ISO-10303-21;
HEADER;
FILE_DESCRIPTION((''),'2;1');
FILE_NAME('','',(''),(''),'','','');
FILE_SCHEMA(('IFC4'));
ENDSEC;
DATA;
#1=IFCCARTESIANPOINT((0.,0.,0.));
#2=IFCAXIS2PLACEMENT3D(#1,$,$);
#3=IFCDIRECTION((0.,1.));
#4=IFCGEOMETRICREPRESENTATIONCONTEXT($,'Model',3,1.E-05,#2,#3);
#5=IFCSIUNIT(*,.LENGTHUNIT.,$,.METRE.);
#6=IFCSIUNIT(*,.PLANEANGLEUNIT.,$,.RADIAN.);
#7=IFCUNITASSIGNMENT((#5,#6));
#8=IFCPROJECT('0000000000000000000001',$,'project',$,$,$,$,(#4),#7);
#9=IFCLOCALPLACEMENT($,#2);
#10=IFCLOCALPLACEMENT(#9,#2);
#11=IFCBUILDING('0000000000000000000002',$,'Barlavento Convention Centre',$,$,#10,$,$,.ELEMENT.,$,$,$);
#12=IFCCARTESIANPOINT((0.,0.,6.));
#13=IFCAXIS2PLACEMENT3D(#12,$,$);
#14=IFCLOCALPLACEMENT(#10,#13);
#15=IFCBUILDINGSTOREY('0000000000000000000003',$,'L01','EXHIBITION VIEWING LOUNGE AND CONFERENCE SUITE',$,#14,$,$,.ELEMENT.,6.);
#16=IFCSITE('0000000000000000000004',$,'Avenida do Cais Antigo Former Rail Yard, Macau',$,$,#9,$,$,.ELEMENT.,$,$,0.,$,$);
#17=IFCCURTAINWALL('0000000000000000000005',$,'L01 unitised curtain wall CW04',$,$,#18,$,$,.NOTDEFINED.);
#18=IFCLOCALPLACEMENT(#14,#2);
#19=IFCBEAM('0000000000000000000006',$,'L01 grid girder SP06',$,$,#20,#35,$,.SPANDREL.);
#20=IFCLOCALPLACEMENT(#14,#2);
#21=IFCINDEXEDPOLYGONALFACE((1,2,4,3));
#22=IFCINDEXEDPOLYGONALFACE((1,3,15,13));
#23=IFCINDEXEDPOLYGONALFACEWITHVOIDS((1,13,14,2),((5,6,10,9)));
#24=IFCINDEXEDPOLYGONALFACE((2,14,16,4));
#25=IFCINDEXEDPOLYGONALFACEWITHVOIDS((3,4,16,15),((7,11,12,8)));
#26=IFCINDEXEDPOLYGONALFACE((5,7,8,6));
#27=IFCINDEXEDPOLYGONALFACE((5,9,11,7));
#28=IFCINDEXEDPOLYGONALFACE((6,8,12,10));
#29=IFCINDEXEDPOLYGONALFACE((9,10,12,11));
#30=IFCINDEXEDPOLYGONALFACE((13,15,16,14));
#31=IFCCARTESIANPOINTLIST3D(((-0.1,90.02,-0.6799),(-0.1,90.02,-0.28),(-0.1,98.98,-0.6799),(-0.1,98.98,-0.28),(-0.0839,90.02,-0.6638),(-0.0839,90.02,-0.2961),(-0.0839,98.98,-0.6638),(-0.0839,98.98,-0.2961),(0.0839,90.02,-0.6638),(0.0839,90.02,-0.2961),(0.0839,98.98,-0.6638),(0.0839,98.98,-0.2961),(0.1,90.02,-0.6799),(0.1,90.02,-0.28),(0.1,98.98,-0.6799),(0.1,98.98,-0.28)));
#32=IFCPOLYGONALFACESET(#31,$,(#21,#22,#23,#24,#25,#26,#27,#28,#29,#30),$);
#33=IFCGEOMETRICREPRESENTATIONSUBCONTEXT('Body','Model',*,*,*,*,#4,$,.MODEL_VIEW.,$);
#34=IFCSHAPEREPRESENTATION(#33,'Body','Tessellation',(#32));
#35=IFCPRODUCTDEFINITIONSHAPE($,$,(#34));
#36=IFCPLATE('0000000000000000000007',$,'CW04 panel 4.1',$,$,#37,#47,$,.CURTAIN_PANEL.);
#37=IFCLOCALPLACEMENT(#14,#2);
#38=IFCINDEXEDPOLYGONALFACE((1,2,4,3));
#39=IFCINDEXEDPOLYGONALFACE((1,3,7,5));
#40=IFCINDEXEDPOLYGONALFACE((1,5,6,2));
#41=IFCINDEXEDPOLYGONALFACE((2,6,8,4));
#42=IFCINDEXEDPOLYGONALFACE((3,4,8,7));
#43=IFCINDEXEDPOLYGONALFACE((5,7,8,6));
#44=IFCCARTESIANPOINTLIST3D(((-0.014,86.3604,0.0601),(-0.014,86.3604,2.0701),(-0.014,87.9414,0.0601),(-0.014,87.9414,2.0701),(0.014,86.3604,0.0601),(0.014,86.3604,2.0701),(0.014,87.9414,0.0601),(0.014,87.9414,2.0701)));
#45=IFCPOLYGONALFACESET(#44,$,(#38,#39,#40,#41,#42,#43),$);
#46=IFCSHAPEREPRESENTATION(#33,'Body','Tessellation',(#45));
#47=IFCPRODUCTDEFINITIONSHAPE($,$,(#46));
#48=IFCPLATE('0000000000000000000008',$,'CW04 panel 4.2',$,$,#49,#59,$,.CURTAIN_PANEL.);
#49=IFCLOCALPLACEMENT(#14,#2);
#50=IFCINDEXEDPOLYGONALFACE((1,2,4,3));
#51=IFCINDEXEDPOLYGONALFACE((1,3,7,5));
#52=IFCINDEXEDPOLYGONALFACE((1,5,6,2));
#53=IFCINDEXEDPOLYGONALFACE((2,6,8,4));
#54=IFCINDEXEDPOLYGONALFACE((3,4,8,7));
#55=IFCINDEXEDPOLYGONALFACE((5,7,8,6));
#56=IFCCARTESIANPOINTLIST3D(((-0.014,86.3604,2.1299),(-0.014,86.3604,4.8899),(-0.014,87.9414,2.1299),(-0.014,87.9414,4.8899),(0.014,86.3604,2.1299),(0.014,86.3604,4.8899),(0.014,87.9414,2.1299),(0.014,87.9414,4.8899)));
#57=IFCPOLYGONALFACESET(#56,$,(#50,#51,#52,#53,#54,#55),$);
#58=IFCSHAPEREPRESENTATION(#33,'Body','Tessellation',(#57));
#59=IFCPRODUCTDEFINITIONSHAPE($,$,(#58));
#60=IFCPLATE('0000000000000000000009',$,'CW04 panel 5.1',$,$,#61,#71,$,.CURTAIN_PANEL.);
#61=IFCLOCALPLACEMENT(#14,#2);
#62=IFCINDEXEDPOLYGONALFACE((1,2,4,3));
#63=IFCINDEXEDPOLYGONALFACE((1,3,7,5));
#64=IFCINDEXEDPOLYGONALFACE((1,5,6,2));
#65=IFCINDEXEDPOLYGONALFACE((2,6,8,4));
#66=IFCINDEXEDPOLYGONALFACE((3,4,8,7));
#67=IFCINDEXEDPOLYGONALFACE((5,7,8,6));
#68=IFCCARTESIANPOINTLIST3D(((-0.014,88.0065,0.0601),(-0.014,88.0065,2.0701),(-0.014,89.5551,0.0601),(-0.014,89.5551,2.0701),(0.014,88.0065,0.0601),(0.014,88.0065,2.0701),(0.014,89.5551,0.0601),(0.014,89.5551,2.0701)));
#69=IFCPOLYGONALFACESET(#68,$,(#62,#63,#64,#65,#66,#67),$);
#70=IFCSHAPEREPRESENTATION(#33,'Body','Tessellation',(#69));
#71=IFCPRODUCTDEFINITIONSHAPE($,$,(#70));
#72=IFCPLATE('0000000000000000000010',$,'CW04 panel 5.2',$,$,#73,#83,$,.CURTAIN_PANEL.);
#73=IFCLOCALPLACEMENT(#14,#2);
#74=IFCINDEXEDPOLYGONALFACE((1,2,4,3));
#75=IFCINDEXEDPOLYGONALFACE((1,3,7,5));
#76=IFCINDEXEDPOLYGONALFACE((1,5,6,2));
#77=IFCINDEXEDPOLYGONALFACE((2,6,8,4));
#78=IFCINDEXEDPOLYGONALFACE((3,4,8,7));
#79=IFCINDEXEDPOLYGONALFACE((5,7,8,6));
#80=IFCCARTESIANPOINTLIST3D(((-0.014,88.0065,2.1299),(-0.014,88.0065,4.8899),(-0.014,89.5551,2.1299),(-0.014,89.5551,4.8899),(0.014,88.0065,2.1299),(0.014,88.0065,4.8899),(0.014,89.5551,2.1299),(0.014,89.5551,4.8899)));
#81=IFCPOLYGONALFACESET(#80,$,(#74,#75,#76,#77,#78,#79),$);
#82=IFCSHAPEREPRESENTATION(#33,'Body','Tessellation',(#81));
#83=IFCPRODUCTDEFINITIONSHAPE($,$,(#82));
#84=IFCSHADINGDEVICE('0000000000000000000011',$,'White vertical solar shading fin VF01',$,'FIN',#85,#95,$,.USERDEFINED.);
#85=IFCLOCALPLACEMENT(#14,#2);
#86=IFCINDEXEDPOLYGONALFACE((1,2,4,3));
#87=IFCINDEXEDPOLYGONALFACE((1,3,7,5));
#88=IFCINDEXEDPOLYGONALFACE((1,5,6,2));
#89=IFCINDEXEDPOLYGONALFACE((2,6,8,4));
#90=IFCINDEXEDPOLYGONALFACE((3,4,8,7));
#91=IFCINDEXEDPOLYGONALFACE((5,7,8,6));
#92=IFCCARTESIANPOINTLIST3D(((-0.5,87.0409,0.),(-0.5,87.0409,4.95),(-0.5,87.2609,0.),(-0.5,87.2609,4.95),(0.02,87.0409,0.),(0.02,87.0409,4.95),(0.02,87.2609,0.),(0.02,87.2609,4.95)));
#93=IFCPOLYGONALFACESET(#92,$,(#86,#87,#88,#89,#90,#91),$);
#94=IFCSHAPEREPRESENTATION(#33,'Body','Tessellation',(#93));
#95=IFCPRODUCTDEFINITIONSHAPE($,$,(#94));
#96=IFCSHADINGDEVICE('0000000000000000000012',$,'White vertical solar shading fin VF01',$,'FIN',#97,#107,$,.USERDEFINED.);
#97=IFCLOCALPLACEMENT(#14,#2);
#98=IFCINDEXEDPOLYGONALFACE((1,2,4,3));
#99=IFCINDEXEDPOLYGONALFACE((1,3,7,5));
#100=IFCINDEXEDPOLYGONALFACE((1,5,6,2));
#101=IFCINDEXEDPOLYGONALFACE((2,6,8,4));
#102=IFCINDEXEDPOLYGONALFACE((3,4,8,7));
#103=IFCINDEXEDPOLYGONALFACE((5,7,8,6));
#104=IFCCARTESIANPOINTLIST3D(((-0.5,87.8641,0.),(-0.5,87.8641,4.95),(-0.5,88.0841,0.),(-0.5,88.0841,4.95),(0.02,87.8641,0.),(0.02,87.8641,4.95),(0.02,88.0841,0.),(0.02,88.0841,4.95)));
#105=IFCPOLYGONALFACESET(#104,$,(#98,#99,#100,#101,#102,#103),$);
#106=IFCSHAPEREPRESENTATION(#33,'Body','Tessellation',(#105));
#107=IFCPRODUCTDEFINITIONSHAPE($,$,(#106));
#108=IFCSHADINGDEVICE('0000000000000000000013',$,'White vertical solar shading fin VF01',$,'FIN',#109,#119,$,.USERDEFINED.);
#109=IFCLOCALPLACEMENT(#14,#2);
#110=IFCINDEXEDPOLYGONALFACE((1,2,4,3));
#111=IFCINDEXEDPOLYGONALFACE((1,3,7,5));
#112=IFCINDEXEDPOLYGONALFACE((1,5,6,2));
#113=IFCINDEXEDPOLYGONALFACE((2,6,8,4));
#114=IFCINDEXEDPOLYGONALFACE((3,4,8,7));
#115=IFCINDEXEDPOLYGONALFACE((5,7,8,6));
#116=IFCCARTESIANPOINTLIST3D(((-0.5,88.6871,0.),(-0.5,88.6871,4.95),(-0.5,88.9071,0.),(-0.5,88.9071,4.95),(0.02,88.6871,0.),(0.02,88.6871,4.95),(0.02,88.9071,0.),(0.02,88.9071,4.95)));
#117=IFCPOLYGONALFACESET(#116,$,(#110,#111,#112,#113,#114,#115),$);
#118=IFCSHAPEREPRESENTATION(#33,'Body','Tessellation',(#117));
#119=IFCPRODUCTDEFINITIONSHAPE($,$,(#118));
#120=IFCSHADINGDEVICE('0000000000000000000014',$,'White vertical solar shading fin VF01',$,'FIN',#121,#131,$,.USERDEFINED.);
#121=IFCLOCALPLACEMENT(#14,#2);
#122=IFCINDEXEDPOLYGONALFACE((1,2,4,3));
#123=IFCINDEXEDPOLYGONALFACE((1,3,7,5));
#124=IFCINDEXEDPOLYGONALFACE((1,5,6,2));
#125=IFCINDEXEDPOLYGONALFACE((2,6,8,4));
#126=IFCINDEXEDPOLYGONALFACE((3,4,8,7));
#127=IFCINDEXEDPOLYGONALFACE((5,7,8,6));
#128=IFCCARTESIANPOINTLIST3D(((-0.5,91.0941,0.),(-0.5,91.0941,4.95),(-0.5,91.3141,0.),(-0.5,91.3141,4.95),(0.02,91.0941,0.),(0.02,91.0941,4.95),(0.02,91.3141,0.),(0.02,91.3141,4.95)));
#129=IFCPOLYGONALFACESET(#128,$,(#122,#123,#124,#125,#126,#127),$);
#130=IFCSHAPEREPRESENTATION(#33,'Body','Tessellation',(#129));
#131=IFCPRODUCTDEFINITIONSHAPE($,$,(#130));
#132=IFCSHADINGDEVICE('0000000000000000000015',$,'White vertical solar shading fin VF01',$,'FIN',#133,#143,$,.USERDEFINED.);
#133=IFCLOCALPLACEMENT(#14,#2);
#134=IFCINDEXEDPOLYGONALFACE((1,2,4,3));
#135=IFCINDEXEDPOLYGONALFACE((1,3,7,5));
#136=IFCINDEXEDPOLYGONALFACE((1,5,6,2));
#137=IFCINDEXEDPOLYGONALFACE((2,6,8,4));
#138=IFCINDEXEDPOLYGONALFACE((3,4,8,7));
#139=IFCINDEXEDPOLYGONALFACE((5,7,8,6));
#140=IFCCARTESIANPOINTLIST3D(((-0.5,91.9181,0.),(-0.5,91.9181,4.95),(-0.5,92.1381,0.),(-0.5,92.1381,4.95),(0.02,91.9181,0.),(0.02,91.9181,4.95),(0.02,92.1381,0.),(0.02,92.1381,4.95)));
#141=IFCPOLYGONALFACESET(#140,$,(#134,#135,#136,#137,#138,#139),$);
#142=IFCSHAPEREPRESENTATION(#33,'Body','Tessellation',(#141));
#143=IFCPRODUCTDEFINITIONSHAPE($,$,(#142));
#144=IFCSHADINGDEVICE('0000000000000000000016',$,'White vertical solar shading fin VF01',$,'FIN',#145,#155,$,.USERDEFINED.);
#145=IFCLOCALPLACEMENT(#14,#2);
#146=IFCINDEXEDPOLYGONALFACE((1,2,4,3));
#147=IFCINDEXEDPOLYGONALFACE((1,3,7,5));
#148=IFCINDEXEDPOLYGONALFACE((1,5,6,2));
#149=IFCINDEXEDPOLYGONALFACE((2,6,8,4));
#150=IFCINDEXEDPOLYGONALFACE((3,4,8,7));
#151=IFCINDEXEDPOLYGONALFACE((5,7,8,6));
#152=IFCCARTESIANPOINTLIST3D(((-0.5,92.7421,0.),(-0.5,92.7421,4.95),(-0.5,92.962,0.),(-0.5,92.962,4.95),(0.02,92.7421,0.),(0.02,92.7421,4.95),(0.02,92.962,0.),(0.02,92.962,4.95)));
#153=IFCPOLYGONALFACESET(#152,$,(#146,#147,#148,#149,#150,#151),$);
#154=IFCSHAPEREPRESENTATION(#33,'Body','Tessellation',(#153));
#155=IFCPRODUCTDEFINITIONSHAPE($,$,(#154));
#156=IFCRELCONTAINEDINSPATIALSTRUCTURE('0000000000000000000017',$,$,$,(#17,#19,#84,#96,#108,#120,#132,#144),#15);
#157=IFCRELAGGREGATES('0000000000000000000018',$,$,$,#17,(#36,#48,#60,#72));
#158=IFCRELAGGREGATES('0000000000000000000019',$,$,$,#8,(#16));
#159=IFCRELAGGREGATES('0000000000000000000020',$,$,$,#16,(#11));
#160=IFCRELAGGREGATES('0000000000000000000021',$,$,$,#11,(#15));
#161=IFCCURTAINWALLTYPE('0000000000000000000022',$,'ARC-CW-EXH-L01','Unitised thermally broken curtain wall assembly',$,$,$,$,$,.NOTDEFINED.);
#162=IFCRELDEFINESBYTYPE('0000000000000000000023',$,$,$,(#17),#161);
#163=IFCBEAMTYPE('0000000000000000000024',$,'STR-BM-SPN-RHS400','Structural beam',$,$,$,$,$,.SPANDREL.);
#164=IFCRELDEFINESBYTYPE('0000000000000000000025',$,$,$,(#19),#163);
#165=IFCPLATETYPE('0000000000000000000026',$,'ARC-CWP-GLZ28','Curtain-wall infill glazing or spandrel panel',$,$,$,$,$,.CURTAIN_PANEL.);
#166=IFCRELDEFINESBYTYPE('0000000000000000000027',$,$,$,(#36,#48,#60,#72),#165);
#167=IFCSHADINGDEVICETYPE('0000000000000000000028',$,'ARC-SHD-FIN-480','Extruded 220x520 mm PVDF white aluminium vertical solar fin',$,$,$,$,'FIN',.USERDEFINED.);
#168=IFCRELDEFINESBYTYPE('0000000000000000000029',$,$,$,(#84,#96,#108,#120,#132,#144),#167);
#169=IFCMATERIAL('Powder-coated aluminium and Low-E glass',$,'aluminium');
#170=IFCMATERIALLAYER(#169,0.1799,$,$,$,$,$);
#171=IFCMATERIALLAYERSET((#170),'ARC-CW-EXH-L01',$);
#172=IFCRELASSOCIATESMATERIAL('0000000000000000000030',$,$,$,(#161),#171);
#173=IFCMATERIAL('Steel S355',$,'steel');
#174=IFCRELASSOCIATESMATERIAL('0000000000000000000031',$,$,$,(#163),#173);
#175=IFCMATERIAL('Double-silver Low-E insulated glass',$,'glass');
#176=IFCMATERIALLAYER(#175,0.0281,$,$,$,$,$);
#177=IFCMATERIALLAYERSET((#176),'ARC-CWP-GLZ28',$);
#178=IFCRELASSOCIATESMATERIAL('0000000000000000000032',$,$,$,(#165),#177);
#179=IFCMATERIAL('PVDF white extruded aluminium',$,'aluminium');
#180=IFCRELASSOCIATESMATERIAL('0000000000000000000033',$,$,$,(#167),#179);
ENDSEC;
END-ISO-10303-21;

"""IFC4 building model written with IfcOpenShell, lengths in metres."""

from ifc_helpers import new_model, si_unit, direction, frame, origin, origin_2d, place, context, subcontext, project, spatial, rectangle, hollow_rectangle, extrude, material, layer, layer_set, material_profile, profile_set, type_object, element, aggregate, save


model = new_model("IFC4")

# Units and contexts
model_context = context("Model", 3, precision=1e-05, world=origin(), true_north=direction((0.0, 1.0)))
body_context = subcontext(model_context, "Body", "Model", "MODEL_VIEW")
ifc_project = project(units=[si_unit("LENGTHUNIT", "METRE"), si_unit("PLANEANGLEUNIT", "RADIAN")], contexts=[model_context])

# Site, building, storey
site_placement = place(None, origin())
site = spatial("IfcSite", under=ifc_project, at=site_placement, Name="Avenida do Cais Antigo Former Rail Yard, Macau", CompositionType="ELEMENT", RefElevation=0.0)
building_placement = place(site_placement, origin())
building = spatial("IfcBuilding", under=site, at=building_placement, Name="Barlavento Convention Centre", CompositionType="ELEMENT")
storey_placement = place(building_placement, frame((0.0, 0.0, 6.0)))
storey = spatial("IfcBuildingStorey", under=building, at=storey_placement, Name="L01", Description="EXHIBITION VIEWING LOUNGE AND CONFERENCE SUITE", CompositionType="ELEMENT", Elevation=6.0)

# Shared definitions
ifc_material_1 = material(Name="Steel S355", Category="steel")

# Curtain wall
ifc_material_2 = material(Name="Powder-coated aluminium and Low-E glass", Category="aluminium")
ifc_layer_1 = layer(ifc_material_2, 0.1799)
ifc_layer_set_1 = layer_set([ifc_layer_1], Name="ARC-CW-EXH-L01")
curtain_wall_type = type_object("IfcCurtainWallType", Name="ARC-CW-EXH-L01", Description="Unitised thermally broken curtain wall assembly", PredefinedType="NOTDEFINED", material=ifc_layer_set_1)
curtain_wall_placement = place(storey_placement, origin())
curtain_wall = element("IfcCurtainWall", 1, at=curtain_wall_placement, inside=storey, type_object=curtain_wall_type, Name="L01 unitised curtain wall CW04", PredefinedType="NOTDEFINED")

# Beam
ifc_material_profile_1 = material_profile(ifc_material_1, hollow_rectangle(XDim=0.2, YDim=0.3999, WallThickness=0.0161, at=origin_2d()), Name="RHS 400x200x16.0")
ifc_profile_set_1 = profile_set([ifc_material_profile_1], Name="Steel S355")
beam_type = type_object("IfcBeamType", Name="STR-BM-SPN-RHS400", Description="Structural beam", PredefinedType="SPANDREL", material=ifc_profile_set_1)
beam_placement = place(storey_placement, frame((0.0, 90.02, -0.48), z_axis=(0.0, 1.0, 0.0), x_axis=(-1.0, 0.0, 0.0)))
element("IfcBeam", 2, at=beam_placement, inside=storey, type_object=beam_type, Name="L01 grid girder SP06", PredefinedType="SPANDREL", context=body_context, shape_type="SweptSolid", body=[
    extrude(hollow_rectangle(XDim=0.2, YDim=0.3999, WallThickness=0.0161, at=origin_2d()), origin(), (0.0, 0.0, 1.0), 8.96),
])

# Plates
ifc_material_3 = material(Name="Double-silver Low-E insulated glass", Category="glass")
ifc_layer_2 = layer(ifc_material_3, 0.0281)
ifc_layer_set_2 = layer_set([ifc_layer_2], Name="ARC-CWP-GLZ28")
plate_type = type_object("IfcPlateType", Name="ARC-CWP-GLZ28", Description="Curtain-wall infill glazing or spandrel panel", PredefinedType="CURTAIN_PANEL", material=ifc_layer_set_2)
plate_1_placement = place(storey_placement, frame((0.0, 87.1509, 0.0601), z_axis=(0.0, 0.0, 1.0), x_axis=(0.0, 1.0, 0.0)))
plate_1 = element("IfcPlate", 3, at=plate_1_placement, type_object=plate_type, Name="CW04 panel 4.1", PredefinedType="CURTAIN_PANEL", context=body_context, shape_type="SweptSolid", body=[
    extrude(rectangle(XDim=1.5811, YDim=0.0281, at=origin_2d()), origin(), (0.0, 0.0, 1.0), 2.01),
])
plate_2_placement = place(storey_placement, frame((0.0, 87.1509, 2.1299), z_axis=(0.0, 0.0, 1.0), x_axis=(0.0, 1.0, 0.0)))
plate_2 = element("IfcPlate", 4, at=plate_2_placement, type_object=plate_type, Name="CW04 panel 4.2", PredefinedType="CURTAIN_PANEL", context=body_context, shape_type="SweptSolid", body=[
    extrude(rectangle(XDim=1.5811, YDim=0.0281, at=origin_2d()), origin(), (0.0, 0.0, 1.0), 2.76),
])
plate_3_placement = place(storey_placement, frame((0.0, 88.7808, 0.0601), z_axis=(0.0, 0.0, 1.0), x_axis=(0.0, 1.0, 0.0)))
plate_3 = element("IfcPlate", 5, at=plate_3_placement, type_object=plate_type, Name="CW04 panel 5.1", PredefinedType="CURTAIN_PANEL", context=body_context, shape_type="SweptSolid", body=[
    extrude(rectangle(XDim=1.5486, YDim=0.0281, at=origin_2d()), origin(), (0.0, 0.0, 1.0), 2.01),
])
plate_4_placement = place(storey_placement, frame((0.0, 88.7808, 2.1299), z_axis=(0.0, 0.0, 1.0), x_axis=(0.0, 1.0, 0.0)))
plate_4 = element("IfcPlate", 6, at=plate_4_placement, type_object=plate_type, Name="CW04 panel 5.2", PredefinedType="CURTAIN_PANEL", context=body_context, shape_type="SweptSolid", body=[
    extrude(rectangle(XDim=1.5486, YDim=0.0281, at=origin_2d()), origin(), (0.0, 0.0, 1.0), 2.76),
])
aggregate(curtain_wall, [plate_1, plate_2, plate_3, plate_4])

# Shading devices
ifc_material_4 = material(Name="PVDF white extruded aluminium", Category="aluminium")
shading_device_type = type_object("IfcShadingDeviceType", Name="ARC-SHD-FIN-480", Description="Extruded 220x520 mm PVDF white aluminium vertical solar fin", ElementType="FIN", PredefinedType="USERDEFINED", material=ifc_material_4)
for number, where, z_axis, x_axis, name in (
    (7, (-0.24, 87.1509, 0.0), (0.0, 0.0, 1.0), (0.0, 1.0, 0.0), "White vertical solar shading fin VF01"),
    (8, (-0.24, 87.9741, 0.0), (0.0, 0.0, 1.0), (0.0, 1.0, 0.0), "White vertical solar shading fin VF01"),
    (9, (-0.24, 88.7971, 0.0), (0.0, 0.0, 1.0), (0.0, 1.0, 0.0), "White vertical solar shading fin VF01"),
    (10, (-0.24, 91.2041, 0.0), (0.0, 0.0, 1.0), (0.0, 1.0, 0.0), "White vertical solar shading fin VF01"),
    (11, (-0.24, 92.0281, 0.0), (0.0, 0.0, 1.0), (0.0, 1.0, 0.0), "White vertical solar shading fin VF01"),
    (12, (-0.24, 92.8521, 0.0), (0.0, 0.0, 1.0), (0.0, 1.0, 0.0), "White vertical solar shading fin VF01"),
):
    element("IfcShadingDevice", number, at=place(storey_placement, frame(where, z_axis=z_axis, x_axis=x_axis)), inside=storey, type_object=shading_device_type, Name=name, ObjectType="FIN", PredefinedType="USERDEFINED", context=body_context, shape_type="SweptSolid", body=[
        extrude(rectangle(XDim=0.22, YDim=0.52, at=origin_2d()), origin(), (0.0, 0.0, 1.0), 4.95),
    ])

save(model, "model.ifc")
